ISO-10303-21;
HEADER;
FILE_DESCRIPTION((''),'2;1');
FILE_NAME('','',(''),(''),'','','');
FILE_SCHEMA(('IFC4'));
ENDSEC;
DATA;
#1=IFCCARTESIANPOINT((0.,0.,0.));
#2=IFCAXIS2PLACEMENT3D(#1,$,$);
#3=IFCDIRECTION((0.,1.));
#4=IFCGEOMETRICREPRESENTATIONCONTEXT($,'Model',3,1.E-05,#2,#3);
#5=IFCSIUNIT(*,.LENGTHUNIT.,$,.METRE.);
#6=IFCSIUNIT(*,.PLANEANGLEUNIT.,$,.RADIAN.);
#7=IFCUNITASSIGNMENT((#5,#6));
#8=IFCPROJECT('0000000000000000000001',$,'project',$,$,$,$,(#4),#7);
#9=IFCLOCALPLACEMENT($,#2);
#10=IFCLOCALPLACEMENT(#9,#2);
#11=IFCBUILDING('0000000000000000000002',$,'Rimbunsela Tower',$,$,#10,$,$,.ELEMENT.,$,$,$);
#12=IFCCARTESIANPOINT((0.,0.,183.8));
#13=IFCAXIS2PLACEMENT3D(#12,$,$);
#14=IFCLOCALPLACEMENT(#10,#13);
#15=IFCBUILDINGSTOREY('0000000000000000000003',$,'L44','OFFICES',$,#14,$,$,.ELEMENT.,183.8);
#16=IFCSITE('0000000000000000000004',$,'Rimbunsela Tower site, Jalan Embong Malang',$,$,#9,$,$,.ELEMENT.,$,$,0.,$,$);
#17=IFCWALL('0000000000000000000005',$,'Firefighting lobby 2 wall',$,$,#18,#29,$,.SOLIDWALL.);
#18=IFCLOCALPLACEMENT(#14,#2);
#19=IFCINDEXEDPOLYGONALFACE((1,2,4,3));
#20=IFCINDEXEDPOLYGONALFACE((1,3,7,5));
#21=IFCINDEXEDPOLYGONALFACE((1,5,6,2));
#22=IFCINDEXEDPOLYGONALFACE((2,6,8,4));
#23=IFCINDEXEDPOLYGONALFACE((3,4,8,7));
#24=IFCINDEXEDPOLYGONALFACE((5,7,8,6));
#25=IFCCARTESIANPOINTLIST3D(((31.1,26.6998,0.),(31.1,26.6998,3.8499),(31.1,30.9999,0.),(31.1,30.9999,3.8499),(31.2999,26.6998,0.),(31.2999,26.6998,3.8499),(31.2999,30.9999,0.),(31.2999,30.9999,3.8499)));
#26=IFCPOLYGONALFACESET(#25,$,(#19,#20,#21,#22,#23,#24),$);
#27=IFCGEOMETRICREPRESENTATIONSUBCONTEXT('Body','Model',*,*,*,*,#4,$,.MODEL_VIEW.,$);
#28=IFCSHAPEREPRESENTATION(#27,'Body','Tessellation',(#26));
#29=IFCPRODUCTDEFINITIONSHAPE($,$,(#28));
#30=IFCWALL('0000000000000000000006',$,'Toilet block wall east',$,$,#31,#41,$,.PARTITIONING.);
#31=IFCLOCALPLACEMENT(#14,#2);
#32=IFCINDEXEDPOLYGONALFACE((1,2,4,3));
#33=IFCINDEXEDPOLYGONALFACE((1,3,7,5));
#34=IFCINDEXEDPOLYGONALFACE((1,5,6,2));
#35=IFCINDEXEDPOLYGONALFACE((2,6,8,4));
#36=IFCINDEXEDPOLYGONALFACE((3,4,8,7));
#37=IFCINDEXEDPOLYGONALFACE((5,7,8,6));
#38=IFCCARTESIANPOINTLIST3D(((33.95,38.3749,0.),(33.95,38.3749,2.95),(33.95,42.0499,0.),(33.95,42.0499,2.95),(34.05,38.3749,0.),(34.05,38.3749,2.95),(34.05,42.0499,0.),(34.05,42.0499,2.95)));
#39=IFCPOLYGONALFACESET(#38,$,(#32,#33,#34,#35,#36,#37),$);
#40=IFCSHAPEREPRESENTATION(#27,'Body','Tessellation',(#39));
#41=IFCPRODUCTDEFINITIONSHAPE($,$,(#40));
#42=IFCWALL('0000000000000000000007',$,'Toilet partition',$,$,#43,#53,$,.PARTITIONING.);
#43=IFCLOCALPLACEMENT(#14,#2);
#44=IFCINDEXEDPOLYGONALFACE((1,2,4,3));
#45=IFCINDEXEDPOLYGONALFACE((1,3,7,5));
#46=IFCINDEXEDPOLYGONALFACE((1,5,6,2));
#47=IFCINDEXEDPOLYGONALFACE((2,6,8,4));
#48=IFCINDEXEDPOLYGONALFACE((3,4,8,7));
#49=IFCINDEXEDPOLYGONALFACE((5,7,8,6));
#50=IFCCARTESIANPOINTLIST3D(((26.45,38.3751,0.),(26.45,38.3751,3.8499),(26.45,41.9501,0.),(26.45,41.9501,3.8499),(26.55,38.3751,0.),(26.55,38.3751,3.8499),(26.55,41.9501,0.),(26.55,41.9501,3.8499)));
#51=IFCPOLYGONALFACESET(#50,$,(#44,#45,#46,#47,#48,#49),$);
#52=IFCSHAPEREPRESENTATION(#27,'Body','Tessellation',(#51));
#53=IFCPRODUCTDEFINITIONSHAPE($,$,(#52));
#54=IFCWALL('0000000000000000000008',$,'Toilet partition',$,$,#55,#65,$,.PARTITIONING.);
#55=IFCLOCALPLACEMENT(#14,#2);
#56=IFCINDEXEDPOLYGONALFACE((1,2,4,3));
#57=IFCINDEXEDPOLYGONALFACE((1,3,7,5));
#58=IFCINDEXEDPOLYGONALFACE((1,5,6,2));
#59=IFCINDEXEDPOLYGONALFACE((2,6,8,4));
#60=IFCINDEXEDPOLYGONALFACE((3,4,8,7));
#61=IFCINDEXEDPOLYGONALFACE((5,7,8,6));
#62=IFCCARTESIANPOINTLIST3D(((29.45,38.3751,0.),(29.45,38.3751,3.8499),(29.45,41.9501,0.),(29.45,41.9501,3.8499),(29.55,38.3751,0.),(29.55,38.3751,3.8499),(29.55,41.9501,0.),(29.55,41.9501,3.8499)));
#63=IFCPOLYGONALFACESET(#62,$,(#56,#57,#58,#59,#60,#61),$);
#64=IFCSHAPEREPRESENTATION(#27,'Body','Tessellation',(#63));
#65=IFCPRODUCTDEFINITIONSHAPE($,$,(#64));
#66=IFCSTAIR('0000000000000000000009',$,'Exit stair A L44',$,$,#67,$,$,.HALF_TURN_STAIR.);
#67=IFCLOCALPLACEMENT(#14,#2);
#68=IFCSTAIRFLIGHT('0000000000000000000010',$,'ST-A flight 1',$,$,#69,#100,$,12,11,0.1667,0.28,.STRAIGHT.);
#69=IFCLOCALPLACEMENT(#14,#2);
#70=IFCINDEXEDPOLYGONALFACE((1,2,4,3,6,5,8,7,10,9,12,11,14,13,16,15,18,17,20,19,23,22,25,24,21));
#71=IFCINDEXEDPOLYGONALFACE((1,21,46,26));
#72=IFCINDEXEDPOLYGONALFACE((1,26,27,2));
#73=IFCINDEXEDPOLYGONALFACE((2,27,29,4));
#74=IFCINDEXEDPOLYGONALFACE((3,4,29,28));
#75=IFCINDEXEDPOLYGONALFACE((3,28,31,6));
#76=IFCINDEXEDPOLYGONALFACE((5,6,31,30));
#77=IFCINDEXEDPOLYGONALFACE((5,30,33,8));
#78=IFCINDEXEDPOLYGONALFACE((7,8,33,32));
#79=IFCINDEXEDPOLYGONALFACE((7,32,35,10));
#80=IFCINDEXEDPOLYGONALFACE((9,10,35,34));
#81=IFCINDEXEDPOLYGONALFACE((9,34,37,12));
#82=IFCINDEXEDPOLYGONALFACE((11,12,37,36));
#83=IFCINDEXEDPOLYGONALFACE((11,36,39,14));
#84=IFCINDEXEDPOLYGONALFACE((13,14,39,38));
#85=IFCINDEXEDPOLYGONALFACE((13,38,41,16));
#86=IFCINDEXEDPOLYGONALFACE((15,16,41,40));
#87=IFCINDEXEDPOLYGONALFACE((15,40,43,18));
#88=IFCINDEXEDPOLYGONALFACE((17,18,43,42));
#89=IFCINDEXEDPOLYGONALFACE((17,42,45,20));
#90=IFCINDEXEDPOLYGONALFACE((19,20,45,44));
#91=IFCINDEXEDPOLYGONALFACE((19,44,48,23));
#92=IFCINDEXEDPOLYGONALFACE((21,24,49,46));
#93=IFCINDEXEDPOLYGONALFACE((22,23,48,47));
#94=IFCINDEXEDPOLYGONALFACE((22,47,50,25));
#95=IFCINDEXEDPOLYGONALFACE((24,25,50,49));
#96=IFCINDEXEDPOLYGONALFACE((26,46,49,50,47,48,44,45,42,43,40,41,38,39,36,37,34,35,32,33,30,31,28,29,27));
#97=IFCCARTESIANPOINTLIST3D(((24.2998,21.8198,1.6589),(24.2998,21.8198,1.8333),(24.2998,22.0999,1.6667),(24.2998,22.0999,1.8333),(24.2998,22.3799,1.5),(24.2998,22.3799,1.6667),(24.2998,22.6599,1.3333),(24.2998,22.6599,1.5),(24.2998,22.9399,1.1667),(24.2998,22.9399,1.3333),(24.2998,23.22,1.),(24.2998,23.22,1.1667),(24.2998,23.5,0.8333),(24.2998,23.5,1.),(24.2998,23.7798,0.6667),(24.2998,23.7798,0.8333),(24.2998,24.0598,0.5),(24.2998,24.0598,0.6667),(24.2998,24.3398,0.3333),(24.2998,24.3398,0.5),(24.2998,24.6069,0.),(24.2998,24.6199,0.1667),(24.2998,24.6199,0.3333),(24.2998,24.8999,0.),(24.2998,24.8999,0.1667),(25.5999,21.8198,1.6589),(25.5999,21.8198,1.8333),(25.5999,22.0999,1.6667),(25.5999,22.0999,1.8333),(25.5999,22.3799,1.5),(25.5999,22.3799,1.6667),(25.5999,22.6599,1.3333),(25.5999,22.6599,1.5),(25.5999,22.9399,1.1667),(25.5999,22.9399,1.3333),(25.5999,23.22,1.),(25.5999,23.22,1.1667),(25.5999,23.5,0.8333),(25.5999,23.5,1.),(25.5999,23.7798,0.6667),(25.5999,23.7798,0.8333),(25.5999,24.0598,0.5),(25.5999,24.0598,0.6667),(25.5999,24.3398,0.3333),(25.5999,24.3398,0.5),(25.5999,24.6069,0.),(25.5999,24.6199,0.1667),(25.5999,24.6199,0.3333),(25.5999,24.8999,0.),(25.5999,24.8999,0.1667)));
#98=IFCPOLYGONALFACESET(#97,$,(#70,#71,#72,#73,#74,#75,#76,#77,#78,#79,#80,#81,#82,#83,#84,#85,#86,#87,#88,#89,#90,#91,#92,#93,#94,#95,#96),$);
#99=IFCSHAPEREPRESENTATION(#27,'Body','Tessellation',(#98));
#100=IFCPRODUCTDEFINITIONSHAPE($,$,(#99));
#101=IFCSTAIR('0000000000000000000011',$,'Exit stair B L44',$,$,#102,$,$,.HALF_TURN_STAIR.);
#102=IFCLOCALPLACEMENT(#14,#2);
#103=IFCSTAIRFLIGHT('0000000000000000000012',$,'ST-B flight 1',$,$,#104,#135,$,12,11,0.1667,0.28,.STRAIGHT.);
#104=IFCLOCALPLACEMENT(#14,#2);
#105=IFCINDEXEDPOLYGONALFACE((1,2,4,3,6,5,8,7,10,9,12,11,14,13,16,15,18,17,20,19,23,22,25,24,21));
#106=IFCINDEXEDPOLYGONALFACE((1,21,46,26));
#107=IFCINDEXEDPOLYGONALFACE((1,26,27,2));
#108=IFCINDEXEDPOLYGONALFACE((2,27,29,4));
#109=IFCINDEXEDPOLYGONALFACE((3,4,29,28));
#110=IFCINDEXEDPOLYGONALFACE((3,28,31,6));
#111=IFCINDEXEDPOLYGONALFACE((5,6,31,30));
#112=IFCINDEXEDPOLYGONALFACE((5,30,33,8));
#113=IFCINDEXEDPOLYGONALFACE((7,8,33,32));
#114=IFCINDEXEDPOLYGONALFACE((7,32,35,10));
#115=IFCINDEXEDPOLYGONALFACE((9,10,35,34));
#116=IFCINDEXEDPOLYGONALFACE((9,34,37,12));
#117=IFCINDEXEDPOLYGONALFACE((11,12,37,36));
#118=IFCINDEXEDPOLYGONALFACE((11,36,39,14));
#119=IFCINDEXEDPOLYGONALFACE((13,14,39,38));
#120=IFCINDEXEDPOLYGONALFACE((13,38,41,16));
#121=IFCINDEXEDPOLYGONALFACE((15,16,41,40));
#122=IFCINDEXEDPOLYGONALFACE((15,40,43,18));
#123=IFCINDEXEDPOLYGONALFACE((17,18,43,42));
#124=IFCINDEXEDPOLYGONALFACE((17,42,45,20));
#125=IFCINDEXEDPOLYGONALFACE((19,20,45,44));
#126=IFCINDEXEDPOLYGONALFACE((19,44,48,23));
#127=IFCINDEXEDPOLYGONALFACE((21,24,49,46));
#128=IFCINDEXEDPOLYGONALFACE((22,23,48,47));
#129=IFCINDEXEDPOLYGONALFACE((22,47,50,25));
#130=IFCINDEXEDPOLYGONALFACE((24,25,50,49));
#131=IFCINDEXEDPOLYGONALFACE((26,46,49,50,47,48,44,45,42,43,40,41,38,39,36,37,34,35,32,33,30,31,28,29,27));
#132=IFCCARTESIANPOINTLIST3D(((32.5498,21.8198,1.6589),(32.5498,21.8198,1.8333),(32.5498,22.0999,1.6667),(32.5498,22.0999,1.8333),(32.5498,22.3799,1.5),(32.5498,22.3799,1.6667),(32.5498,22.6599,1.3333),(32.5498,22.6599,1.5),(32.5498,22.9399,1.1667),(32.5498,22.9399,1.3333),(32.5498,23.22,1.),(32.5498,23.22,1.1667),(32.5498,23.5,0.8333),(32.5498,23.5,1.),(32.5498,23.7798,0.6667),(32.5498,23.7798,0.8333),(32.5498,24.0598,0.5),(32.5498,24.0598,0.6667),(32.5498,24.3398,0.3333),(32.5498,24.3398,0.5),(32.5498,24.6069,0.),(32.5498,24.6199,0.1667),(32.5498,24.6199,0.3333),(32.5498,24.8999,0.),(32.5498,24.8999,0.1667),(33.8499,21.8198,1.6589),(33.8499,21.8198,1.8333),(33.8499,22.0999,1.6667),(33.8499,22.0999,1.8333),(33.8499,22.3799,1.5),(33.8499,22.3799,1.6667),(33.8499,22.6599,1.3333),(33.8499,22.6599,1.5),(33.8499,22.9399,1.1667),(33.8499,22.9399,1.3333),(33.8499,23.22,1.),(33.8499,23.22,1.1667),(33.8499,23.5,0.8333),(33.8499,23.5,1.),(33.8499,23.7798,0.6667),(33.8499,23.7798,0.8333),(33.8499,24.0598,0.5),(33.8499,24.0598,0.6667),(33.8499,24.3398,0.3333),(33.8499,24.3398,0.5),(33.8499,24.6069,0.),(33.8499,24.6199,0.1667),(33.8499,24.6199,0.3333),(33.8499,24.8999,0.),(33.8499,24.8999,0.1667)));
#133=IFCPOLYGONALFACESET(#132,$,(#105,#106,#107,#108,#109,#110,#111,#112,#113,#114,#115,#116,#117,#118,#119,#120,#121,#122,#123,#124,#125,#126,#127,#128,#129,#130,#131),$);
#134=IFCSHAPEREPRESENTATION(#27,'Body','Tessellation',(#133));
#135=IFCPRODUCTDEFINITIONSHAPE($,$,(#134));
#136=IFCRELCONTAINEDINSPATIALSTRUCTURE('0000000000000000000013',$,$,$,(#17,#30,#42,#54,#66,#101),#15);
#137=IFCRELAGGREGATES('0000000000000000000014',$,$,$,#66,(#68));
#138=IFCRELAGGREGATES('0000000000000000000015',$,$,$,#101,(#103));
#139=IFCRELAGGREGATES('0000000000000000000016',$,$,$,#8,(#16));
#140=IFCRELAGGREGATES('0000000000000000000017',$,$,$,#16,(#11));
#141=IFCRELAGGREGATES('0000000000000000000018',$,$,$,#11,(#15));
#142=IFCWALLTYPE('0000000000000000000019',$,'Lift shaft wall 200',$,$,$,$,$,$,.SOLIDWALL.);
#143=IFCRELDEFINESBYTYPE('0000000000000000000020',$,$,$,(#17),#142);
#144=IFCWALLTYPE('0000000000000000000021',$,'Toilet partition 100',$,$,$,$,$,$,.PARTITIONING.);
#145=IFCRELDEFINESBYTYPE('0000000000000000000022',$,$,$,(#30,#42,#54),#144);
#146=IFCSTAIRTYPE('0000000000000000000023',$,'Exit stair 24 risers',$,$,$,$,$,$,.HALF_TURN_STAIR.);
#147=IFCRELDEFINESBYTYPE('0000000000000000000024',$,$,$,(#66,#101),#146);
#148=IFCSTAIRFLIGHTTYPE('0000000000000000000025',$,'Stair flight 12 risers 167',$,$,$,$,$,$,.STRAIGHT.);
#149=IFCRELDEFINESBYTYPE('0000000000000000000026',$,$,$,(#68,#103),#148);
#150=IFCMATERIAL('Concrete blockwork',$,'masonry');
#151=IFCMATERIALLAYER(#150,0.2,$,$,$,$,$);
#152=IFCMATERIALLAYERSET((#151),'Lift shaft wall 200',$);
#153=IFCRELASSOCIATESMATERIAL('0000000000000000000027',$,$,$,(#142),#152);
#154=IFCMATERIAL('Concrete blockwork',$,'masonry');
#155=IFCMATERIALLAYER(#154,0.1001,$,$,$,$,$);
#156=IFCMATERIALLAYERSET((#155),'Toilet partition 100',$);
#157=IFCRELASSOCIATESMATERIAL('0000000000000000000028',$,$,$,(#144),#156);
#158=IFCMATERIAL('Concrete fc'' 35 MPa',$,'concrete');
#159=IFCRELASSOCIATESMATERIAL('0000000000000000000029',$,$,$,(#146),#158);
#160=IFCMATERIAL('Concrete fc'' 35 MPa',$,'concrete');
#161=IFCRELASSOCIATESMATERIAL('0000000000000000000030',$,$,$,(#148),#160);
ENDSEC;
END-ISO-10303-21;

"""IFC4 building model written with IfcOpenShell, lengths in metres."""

from ifc_helpers import new_model, si_unit, direction, frame, frame_2d, origin, place, context, subcontext, project, spatial, polyline, rectangle, outline, extrude, material, layer, layer_set, type_object, element, aggregate, save


model = new_model("IFC4")

# Units and contexts
model_context = context("Model", 3, precision=1e-05, world=origin(), true_north=direction((0.0, 1.0)))
body_context = subcontext(model_context, "Body", "Model", "MODEL_VIEW")
ifc_project = project(units=[si_unit("LENGTHUNIT", "METRE"), si_unit("PLANEANGLEUNIT", "RADIAN")], contexts=[model_context])

# Site, building, storey
site_placement = place(None, origin())
site = spatial("IfcSite", under=ifc_project, at=site_placement, Name="Rimbunsela Tower site, Jalan Embong Malang", CompositionType="ELEMENT", RefElevation=0.0)
building_placement = place(site_placement, origin())
building = spatial("IfcBuilding", under=site, at=building_placement, Name="Rimbunsela Tower", CompositionType="ELEMENT")
storey_placement = place(building_placement, frame((0.0, 0.0, 183.8)))
storey = spatial("IfcBuildingStorey", under=building, at=storey_placement, Name="L44", Description="OFFICES", CompositionType="ELEMENT", Elevation=183.8)

# Walls
ifc_material_1 = material(Name="Concrete blockwork", Category="masonry")
ifc_layer_1 = layer(ifc_material_1, 0.2)
ifc_layer_set_1 = layer_set([ifc_layer_1], Name="Lift shaft wall 200")
wall_type_1 = type_object("IfcWallType", Name="Lift shaft wall 200", PredefinedType="SOLIDWALL", material=ifc_layer_set_1)
wall_1_placement = place(storey_placement, frame((31.2, 26.7, 0.0), z_axis=(0.0, 0.0, 1.0), x_axis=(0.0, 1.0, 0.0)))
element("IfcWall", 1, at=wall_1_placement, inside=storey, type_object=wall_type_1, Name="Firefighting lobby 2 wall", PredefinedType="SOLIDWALL", context=body_context, shape_type="SweptSolid", body=[
    extrude(rectangle(XDim=4.3, YDim=0.2, at=frame_2d((2.1499, 0.0))), origin(), (0.0, 0.0, 1.0), 3.8499),
])
ifc_material_2 = material(Name="Concrete blockwork", Category="masonry")
ifc_layer_2 = layer(ifc_material_2, 0.1001)
ifc_layer_set_2 = layer_set([ifc_layer_2], Name="Toilet partition 100")
wall_type_2 = type_object("IfcWallType", Name="Toilet partition 100", PredefinedType="PARTITIONING", material=ifc_layer_set_2)
wall_2_placement = place(storey_placement, frame((34.0, 38.375, 0.0), z_axis=(0.0, 0.0, 1.0), x_axis=(0.0, 1.0, 0.0)))
element("IfcWall", 2, at=wall_2_placement, inside=storey, type_object=wall_type_2, Name="Toilet block wall east", PredefinedType="PARTITIONING", context=body_context, shape_type="SweptSolid", body=[
    extrude(rectangle(XDim=3.675, YDim=0.1001, at=frame_2d((1.8374, 0.0))), origin(), (0.0, 0.0, 1.0), 2.95),
])
for number, where, z_axis, x_axis, name in (
    (3, (26.5, 38.375, 0.0), (0.0, 0.0, 1.0), (0.0, 1.0, 0.0), "Toilet partition"),
    (4, (29.5, 38.375, 0.0), (0.0, 0.0, 1.0), (0.0, 1.0, 0.0), "Toilet partition"),
):
    element("IfcWall", number, at=place(storey_placement, frame(where, z_axis=z_axis, x_axis=x_axis)), inside=storey, type_object=wall_type_2, Name=name, PredefinedType="PARTITIONING", context=body_context, shape_type="SweptSolid", body=[
        extrude(rectangle(XDim=3.575, YDim=0.1001, at=frame_2d((1.7876, 0.0))), origin(), (0.0, 0.0, 1.0), 3.8499),
    ])

# Stairs, stair flights
ifc_material_3 = material(Name="Concrete fc' 35 MPa", Category="concrete")
stair_type = type_object("IfcStairType", Name="Exit stair 24 risers", PredefinedType="HALF_TURN_STAIR", material=ifc_material_3)
stair_1_placement = place(storey_placement, origin())
stair_1 = element("IfcStair", 5, at=stair_1_placement, inside=storey, type_object=stair_type, Name="Exit stair A L44", PredefinedType="HALF_TURN_STAIR")
ifc_material_4 = material(Name="Concrete fc' 35 MPa", Category="concrete")
stair_flight_type = type_object("IfcStairFlightType", Name="Stair flight 12 risers 167", PredefinedType="STRAIGHT", material=ifc_material_4)
stair_flight_1_placement = place(storey_placement, frame((24.95, 24.8999, 0.0), z_axis=(0.0, 0.0, 1.0), x_axis=(0.0, -1.0, 0.0)))
stair_flight_1 = element("IfcStairFlight", 6, at=stair_flight_1_placement, type_object=stair_flight_type, Name="ST-A flight 1", NumberOfRisers=12, NumberOfTreads=11, PredefinedType="STRAIGHT", RiserHeight=0.1667, TreadLength=0.28, context=body_context, shape_type="SweptSolid", body=[
    extrude(outline(polyline([(0.0, 0.0), (0.0, 0.1667), (0.28, 0.1667), (0.28, 0.3333), (0.5601, 0.3333), (0.5601, 0.5), (0.8401, 0.5), (0.8401, 0.6667), (1.1201, 0.6667), (1.1201, 0.8333), (1.3999, 0.8333), (1.3999, 1.0), (1.6799, 1.0), (1.6799, 1.1667), (1.96, 1.1667), (1.96, 1.3333), (2.24, 1.3333), (2.24, 1.5), (2.52, 1.5), (2.52, 1.6667), (2.8, 1.6667), (2.8, 1.8333), (3.0801, 1.8333), (3.0801, 2.0), (3.0801, 1.6589), (0.293, 0.0), (0.0, 0.0)])), frame((0.0, 0.6499, 0.0), z_axis=(0.0, -1.0, 0.0), x_axis=(1.0, 0.0, 0.0)), (0.0, 0.0, 1.0), 1.3),
])
aggregate(stair_1, [stair_flight_1])
stair_2_placement = place(storey_placement, origin())
stair_2 = element("IfcStair", 7, at=stair_2_placement, inside=storey, type_object=stair_type, Name="Exit stair B L44", PredefinedType="HALF_TURN_STAIR")
stair_flight_2_placement = place(storey_placement, frame((33.2, 24.8999, 0.0), z_axis=(0.0, 0.0, 1.0), x_axis=(0.0, -1.0, 0.0)))
stair_flight_2 = element("IfcStairFlight", 8, at=stair_flight_2_placement, type_object=stair_flight_type, Name="ST-B flight 1", NumberOfRisers=12, NumberOfTreads=11, PredefinedType="STRAIGHT", RiserHeight=0.1667, TreadLength=0.28, context=body_context, shape_type="SweptSolid", body=[
    extrude(outline(polyline([(0.0, 0.0), (0.0, 0.1667), (0.28, 0.1667), (0.28, 0.3333), (0.5601, 0.3333), (0.5601, 0.5), (0.8401, 0.5), (0.8401, 0.6667), (1.1201, 0.6667), (1.1201, 0.8333), (1.3999, 0.8333), (1.3999, 1.0), (1.6799, 1.0), (1.6799, 1.1667), (1.96, 1.1667), (1.96, 1.3333), (2.24, 1.3333), (2.24, 1.5), (2.52, 1.5), (2.52, 1.6667), (2.8, 1.6667), (2.8, 1.8333), (3.0801, 1.8333), (3.0801, 2.0), (3.0801, 1.6589), (0.293, 0.0), (0.0, 0.0)])), frame((0.0, 0.6499, 0.0), z_axis=(0.0, -1.0, 0.0), x_axis=(1.0, 0.0, 0.0)), (0.0, 0.0, 1.0), 1.3),
])
aggregate(stair_2, [stair_flight_2])

save(model, "model.ifc")
